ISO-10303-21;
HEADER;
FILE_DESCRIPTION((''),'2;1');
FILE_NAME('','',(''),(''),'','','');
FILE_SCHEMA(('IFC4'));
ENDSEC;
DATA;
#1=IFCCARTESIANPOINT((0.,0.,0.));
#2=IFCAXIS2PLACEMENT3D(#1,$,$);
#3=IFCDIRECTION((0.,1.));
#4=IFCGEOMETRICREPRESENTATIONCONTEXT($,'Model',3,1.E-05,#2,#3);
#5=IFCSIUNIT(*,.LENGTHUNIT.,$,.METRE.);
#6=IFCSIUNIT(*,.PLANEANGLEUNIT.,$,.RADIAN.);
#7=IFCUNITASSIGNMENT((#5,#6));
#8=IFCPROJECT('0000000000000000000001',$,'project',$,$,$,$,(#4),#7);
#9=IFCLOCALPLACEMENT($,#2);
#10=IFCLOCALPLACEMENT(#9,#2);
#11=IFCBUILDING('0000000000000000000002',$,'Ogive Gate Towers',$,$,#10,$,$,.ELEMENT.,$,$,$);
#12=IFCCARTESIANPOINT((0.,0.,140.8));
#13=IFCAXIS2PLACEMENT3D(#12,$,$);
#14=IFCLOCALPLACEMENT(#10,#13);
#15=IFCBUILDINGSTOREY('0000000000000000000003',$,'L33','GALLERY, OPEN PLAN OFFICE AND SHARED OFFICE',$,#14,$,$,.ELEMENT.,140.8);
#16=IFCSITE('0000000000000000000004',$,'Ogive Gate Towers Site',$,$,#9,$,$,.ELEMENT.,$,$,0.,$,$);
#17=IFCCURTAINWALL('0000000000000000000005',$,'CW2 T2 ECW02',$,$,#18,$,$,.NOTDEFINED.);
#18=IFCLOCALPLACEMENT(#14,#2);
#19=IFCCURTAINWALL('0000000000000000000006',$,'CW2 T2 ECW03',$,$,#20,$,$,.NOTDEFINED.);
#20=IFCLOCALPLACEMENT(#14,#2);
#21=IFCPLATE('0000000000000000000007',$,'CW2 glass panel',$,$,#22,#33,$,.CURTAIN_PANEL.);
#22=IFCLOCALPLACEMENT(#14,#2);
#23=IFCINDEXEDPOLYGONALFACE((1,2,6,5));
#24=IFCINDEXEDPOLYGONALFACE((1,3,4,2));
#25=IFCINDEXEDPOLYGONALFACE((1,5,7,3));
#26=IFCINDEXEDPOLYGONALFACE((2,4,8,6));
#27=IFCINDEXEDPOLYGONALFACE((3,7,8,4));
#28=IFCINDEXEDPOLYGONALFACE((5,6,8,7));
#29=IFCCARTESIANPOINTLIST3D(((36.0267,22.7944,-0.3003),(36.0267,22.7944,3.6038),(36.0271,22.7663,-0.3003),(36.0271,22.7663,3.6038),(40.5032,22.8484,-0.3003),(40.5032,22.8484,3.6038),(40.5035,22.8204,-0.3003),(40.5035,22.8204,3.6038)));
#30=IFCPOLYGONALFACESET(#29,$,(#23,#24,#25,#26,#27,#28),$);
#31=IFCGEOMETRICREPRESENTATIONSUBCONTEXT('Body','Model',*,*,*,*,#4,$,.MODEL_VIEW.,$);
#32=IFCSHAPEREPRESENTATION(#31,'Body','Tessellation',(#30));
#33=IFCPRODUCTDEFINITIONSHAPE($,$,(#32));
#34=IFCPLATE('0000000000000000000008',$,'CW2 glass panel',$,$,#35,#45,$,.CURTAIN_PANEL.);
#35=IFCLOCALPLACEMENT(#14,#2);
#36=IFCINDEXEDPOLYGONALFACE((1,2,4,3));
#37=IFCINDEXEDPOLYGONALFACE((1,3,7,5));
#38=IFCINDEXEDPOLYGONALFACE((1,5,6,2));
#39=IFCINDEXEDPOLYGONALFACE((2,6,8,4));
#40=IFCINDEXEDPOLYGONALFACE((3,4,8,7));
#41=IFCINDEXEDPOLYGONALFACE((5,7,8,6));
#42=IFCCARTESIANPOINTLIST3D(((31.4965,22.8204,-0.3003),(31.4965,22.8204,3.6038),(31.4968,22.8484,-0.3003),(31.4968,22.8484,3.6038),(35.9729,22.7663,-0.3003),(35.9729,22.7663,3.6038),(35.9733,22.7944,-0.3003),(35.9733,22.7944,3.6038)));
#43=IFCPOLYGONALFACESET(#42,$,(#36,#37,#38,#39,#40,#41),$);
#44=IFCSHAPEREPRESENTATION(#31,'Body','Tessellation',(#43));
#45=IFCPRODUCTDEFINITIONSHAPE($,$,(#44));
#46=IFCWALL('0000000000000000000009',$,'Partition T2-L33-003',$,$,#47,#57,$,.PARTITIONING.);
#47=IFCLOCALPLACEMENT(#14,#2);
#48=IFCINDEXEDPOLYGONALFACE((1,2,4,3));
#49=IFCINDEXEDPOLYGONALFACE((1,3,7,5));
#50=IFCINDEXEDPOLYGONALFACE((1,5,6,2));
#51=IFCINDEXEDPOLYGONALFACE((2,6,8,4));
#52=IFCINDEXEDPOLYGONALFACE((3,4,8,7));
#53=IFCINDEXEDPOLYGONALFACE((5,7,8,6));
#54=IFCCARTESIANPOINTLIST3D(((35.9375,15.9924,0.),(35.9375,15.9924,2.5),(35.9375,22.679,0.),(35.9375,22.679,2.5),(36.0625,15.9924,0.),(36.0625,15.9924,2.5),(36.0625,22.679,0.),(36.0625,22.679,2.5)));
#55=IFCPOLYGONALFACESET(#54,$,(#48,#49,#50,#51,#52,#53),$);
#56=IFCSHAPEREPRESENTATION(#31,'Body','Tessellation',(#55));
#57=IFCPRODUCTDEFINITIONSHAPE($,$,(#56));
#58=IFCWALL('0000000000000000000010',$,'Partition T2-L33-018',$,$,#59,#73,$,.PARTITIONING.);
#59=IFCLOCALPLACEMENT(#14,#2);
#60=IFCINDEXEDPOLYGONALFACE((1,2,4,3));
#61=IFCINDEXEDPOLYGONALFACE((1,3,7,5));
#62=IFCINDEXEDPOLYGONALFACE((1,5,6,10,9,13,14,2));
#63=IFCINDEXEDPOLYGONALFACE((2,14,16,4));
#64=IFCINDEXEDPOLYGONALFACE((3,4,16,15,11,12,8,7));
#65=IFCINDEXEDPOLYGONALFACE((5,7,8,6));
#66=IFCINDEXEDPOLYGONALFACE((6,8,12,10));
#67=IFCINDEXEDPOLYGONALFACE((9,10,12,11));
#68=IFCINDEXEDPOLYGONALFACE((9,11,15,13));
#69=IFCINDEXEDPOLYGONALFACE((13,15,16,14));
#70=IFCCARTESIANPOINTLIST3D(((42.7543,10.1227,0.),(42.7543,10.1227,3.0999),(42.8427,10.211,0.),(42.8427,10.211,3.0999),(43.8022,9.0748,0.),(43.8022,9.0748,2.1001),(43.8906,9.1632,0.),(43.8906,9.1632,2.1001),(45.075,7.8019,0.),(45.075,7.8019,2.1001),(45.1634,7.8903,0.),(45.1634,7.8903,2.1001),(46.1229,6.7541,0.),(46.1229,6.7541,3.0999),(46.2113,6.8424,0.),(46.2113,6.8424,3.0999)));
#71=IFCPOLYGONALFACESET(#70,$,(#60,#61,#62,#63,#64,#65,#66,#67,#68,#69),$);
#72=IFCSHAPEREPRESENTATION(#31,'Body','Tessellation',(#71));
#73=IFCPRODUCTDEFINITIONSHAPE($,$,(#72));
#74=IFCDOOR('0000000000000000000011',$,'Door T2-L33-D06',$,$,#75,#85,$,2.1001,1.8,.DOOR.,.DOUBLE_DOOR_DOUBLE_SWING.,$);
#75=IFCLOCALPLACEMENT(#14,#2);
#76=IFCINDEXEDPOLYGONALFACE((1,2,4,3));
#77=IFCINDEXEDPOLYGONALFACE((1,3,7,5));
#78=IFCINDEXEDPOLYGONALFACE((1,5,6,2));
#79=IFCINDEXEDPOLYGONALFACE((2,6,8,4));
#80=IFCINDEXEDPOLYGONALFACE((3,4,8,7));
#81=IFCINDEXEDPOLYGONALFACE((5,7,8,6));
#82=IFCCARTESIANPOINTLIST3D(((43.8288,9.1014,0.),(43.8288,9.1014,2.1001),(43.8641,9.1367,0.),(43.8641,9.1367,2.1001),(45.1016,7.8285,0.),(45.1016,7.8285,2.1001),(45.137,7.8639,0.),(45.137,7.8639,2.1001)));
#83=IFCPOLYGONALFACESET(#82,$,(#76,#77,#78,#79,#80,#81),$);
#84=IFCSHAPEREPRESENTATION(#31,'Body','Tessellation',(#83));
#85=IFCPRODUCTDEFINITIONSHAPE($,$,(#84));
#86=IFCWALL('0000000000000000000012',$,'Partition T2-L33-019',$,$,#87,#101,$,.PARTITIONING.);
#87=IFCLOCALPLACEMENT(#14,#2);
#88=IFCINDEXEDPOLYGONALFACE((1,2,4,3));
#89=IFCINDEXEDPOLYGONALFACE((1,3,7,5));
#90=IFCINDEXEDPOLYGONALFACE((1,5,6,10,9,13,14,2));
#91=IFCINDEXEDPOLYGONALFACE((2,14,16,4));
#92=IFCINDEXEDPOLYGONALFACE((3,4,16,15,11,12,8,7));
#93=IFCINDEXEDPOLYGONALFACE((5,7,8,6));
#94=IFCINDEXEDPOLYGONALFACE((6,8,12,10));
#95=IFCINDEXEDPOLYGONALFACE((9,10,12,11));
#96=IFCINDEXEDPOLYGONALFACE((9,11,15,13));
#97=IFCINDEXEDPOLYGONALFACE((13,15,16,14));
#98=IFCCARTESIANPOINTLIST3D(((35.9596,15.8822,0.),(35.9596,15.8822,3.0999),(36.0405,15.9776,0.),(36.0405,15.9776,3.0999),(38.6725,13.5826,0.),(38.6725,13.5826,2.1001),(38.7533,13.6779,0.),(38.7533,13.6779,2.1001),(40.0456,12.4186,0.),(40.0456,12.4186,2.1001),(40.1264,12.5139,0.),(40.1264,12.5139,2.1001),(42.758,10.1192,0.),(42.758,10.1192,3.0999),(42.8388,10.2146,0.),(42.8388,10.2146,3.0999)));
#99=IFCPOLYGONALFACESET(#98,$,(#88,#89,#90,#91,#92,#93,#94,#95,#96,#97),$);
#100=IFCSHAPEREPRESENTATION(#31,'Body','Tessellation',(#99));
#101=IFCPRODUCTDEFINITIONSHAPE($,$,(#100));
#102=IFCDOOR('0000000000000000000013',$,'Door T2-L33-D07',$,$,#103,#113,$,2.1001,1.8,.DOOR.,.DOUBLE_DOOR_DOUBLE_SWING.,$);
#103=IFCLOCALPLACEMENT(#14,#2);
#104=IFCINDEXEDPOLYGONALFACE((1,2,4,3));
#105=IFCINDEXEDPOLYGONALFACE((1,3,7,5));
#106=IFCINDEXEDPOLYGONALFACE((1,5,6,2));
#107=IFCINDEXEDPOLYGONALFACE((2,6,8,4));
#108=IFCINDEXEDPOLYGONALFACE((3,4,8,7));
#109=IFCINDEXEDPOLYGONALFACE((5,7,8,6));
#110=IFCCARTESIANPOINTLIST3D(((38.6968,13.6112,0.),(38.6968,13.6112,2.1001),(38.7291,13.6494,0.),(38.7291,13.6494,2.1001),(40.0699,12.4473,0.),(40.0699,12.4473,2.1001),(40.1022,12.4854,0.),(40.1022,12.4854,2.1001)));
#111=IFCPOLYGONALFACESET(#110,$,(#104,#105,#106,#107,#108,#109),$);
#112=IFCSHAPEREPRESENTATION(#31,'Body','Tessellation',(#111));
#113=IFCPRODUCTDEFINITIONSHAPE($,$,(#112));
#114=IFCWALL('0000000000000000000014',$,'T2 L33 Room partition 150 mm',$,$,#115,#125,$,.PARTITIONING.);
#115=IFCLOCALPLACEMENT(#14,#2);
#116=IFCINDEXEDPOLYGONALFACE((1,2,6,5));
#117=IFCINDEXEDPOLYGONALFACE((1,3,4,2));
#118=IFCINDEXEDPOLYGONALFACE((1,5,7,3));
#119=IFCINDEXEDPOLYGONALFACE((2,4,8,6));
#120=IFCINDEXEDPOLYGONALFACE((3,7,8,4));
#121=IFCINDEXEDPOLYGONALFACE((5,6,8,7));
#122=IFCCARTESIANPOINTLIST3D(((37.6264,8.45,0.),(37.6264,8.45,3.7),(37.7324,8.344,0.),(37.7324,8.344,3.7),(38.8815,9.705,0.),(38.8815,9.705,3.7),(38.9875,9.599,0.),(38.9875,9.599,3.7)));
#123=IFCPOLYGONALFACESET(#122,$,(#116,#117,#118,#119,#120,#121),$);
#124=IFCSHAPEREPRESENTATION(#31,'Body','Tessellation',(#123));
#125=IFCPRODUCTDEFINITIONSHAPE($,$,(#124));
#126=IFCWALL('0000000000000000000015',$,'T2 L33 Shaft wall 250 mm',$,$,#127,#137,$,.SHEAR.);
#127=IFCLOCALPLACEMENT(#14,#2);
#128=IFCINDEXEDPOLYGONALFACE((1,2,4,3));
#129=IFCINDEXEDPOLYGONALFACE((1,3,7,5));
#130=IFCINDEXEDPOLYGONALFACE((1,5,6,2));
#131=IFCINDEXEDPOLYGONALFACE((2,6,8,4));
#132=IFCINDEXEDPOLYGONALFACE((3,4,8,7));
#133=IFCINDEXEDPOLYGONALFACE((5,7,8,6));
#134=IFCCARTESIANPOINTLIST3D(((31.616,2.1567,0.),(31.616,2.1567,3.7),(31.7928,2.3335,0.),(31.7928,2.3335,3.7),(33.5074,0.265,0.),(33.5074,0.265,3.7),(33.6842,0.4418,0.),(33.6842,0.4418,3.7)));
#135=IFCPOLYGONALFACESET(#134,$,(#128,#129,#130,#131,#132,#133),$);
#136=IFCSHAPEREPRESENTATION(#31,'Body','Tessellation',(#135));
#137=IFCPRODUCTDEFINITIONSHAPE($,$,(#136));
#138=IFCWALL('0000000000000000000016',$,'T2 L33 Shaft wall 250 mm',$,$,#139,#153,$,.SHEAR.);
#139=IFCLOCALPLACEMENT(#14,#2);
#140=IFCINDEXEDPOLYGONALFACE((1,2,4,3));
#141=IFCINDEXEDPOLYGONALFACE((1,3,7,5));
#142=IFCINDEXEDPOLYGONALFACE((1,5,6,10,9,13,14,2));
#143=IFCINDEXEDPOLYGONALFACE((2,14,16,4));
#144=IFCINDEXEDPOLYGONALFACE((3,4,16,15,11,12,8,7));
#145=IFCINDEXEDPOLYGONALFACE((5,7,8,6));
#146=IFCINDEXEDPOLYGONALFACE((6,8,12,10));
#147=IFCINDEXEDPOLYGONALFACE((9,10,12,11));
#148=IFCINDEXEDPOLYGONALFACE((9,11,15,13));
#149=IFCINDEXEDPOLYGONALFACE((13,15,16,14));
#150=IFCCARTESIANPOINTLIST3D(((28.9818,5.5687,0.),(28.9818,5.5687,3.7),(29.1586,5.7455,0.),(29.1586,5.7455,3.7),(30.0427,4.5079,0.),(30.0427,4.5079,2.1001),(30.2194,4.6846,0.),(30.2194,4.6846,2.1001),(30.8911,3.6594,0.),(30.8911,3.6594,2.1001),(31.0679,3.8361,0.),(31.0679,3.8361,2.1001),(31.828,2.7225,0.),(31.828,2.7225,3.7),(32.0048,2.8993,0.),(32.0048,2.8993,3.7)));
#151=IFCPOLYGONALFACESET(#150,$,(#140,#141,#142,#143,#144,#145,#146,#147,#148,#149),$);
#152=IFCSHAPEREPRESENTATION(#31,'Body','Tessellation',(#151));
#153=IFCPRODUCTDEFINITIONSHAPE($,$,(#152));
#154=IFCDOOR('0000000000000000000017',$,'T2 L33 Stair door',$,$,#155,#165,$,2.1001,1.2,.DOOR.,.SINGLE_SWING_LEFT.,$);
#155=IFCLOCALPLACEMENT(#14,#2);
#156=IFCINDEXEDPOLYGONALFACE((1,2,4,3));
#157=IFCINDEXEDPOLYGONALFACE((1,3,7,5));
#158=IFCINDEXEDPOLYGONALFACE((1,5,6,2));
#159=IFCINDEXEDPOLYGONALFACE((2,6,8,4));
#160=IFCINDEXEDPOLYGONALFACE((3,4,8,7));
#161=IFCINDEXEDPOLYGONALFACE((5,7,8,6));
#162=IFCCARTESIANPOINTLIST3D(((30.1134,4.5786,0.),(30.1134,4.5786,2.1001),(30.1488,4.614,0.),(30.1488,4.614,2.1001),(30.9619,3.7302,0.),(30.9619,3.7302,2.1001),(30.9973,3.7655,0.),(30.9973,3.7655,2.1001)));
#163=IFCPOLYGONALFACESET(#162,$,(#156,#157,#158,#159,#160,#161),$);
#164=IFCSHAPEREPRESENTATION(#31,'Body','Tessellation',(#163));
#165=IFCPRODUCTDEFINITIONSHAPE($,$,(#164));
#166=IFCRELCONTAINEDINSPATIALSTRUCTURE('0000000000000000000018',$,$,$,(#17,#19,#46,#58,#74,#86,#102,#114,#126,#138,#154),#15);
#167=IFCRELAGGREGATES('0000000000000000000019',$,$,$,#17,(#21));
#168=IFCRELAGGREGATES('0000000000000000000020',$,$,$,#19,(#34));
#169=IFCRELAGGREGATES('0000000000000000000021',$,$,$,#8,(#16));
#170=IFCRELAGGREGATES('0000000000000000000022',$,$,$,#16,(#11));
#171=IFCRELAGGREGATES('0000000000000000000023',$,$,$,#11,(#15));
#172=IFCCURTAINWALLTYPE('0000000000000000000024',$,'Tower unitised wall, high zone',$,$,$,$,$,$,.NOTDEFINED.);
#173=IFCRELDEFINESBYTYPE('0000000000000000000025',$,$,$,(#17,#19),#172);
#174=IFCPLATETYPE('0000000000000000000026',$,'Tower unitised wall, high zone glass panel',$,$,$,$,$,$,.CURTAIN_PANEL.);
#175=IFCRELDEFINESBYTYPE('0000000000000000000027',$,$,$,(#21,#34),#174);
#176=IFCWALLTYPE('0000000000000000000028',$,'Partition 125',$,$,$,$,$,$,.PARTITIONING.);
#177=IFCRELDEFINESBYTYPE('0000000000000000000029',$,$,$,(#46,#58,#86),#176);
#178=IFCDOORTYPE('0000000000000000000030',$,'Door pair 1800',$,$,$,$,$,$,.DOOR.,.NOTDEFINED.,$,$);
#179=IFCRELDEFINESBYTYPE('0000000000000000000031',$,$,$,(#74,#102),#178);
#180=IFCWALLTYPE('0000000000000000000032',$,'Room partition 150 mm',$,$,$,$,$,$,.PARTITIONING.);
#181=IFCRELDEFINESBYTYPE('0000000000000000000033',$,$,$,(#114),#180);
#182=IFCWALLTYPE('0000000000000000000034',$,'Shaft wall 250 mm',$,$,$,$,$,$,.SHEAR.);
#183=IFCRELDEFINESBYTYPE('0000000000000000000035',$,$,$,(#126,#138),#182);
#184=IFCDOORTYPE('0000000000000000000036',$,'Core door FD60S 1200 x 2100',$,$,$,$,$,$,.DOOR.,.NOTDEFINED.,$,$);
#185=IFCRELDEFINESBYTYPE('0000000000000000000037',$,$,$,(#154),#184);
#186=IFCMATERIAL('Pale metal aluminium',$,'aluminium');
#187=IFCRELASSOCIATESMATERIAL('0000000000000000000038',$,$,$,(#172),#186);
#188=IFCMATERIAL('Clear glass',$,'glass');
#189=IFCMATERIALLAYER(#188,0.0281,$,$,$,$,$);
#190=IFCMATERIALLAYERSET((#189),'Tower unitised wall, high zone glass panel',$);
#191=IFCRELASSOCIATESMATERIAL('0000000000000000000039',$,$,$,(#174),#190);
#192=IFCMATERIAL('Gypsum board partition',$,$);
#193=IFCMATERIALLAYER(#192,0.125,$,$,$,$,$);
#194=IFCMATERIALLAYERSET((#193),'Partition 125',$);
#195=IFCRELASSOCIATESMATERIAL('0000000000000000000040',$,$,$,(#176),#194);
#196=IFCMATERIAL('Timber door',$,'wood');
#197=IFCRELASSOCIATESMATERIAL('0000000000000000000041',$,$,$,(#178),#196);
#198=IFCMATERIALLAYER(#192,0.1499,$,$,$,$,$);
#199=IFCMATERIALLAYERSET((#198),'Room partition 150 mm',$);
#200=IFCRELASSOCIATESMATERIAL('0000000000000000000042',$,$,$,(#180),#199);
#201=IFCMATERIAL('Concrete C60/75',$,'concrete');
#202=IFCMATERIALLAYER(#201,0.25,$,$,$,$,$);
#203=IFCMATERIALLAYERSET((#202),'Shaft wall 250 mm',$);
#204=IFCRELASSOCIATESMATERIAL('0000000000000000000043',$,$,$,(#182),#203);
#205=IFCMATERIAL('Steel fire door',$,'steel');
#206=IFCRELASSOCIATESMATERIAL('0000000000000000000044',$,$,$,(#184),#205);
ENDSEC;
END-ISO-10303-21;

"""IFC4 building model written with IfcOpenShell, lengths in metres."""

from ifc_helpers import new_model, si_unit, direction, frame, frame_2d, origin, origin_2d, place, context, subcontext, project, spatial, rectangle, extrude, material, layer, layer_set, type_object, element, fill, aggregate, save


model = new_model("IFC4")

# Units and contexts
model_context = context("Model", 3, precision=1e-05, world=origin(), true_north=direction((0.0, 1.0)))
body_context = subcontext(model_context, "Body", "Model", "MODEL_VIEW")
ifc_project = project(units=[si_unit("LENGTHUNIT", "METRE"), si_unit("PLANEANGLEUNIT", "RADIAN")], contexts=[model_context])

# Site, building, storey
site_placement = place(None, origin())
site = spatial("IfcSite", under=ifc_project, at=site_placement, Name="Ogive Gate Towers Site", CompositionType="ELEMENT", RefElevation=0.0)
building_placement = place(site_placement, origin())
building = spatial("IfcBuilding", under=site, at=building_placement, Name="Ogive Gate Towers", CompositionType="ELEMENT")
storey_placement = place(building_placement, frame((0.0, 0.0, 140.8)))
storey = spatial("IfcBuildingStorey", under=building, at=storey_placement, Name="L33", Description="GALLERY, OPEN PLAN OFFICE AND SHARED OFFICE", CompositionType="ELEMENT", Elevation=140.8)

# Curtain wall
ifc_material_1 = material(Name="Pale metal aluminium", Category="aluminium")
curtain_wall_type = type_object("IfcCurtainWallType", Name="Tower unitised wall, high zone", PredefinedType="NOTDEFINED", material=ifc_material_1)
curtain_wall_1_placement = place(storey_placement, origin())
curtain_wall_1 = element("IfcCurtainWall", 1, at=curtain_wall_1_placement, inside=storey, type_object=curtain_wall_type, Name="CW2 T2 ECW02", PredefinedType="NOTDEFINED")

# Curtain wall
curtain_wall_2_placement = place(storey_placement, origin())
curtain_wall_2 = element("IfcCurtainWall", 2, at=curtain_wall_2_placement, inside=storey, type_object=curtain_wall_type, Name="CW2 T2 ECW03", PredefinedType="NOTDEFINED")

# Plates
ifc_material_2 = material(Name="Clear glass", Category="glass")
ifc_layer_1 = layer(ifc_material_2, 0.0281)
ifc_layer_set_1 = layer_set([ifc_layer_1], Name="Tower unitised wall, high zone glass panel")
plate_type = type_object("IfcPlateType", Name="Tower unitised wall, high zone glass panel", PredefinedType="CURTAIN_PANEL", material=ifc_layer_set_1)
plate_1_placement = place(storey_placement, frame((38.2651, 22.8074, -0.3003), z_axis=(0.0, 0.0, 1.0), x_axis=(-0.999927, -0.012077, 0.0)))
plate_1 = element("IfcPlate", 3, at=plate_1_placement, type_object=plate_type, Name="CW2 glass panel", PredefinedType="CURTAIN_PANEL", context=body_context, shape_type="SweptSolid", body=[
    extrude(rectangle(XDim=4.4768, YDim=0.0281, at=origin_2d()), origin(), (0.0, 0.0, 1.0), 3.9041),
])
aggregate(curtain_wall_1, [plate_1])
plate_2_placement = place(storey_placement, frame((33.7349, 22.8074, -0.3003), z_axis=(0.0, 0.0, 1.0), x_axis=(-0.999927, 0.012077, 0.0)))
plate_2 = element("IfcPlate", 4, at=plate_2_placement, type_object=plate_type, Name="CW2 glass panel", PredefinedType="CURTAIN_PANEL", context=body_context, shape_type="SweptSolid", body=[
    extrude(rectangle(XDim=4.4768, YDim=0.0281, at=origin_2d()), origin(), (0.0, 0.0, 1.0), 3.9041),
])
aggregate(curtain_wall_2, [plate_2])

# Wall
ifc_material_3 = material(Name="Gypsum board partition")
ifc_layer_2 = layer(ifc_material_3, 0.125)
ifc_layer_set_2 = layer_set([ifc_layer_2], Name="Partition 125")
wall_type_1 = type_object("IfcWallType", Name="Partition 125", PredefinedType="PARTITIONING", material=ifc_layer_set_2)
wall_1_placement = place(storey_placement, frame((36.0, 22.679, 0.0), z_axis=(0.0, 0.0, 1.0), x_axis=(0.0, -1.0, 0.0)))
element("IfcWall", 5, at=wall_1_placement, inside=storey, type_object=wall_type_1, Name="Partition T2-L33-003", PredefinedType="PARTITIONING", context=body_context, shape_type="SweptSolid", body=[
    extrude(rectangle(XDim=6.6865, YDim=0.125, at=frame_2d((3.3433, 0.0))), origin(), (0.0, 0.0, 1.0), 2.5),
])

# Walls, openings, doors
wall_2_placement = place(storey_placement, frame((46.167, 6.7983, 0.0), z_axis=(0.0, 0.0, 1.0), x_axis=(-0.707107, 0.707107, 0.0)))
wall_2 = element("IfcWall", 6, at=wall_2_placement, inside=storey, type_object=wall_type_1, Name="Partition T2-L33-018", PredefinedType="PARTITIONING", context=body_context, shape_type="SweptSolid", body=[
    extrude(rectangle(XDim=4.7639, YDim=0.125, at=frame_2d((2.3818, 0.0))), origin(), (0.0, 0.0, 1.0), 3.0999),
])
opening_1_placement = place(wall_2_placement, frame((1.4819, 0.0, 0.0)))
opening_1 = element("IfcOpeningElement", 7, at=opening_1_placement, cuts=wall_2, PredefinedType="OPENING", context=body_context, shape_type="SweptSolid", body=[
    extrude(rectangle(XDim=1.8, YDim=2.1001, at=frame_2d((0.8999, 1.05))), frame((0.0, 0.0725, 0.0), z_axis=(0.0, -1.0, 0.0), x_axis=(1.0, 0.0, 0.0)), (0.0, 0.0, 1.0), 0.145),
])
ifc_material_4 = material(Name="Timber door", Category="wood")
door_type_1 = type_object("IfcDoorType", Name="Door pair 1800", OperationType="NOTDEFINED", PredefinedType="DOOR", material=ifc_material_4)
door_1_placement = place(opening_1_placement, origin())
door_1 = element("IfcDoor", 8, at=door_1_placement, inside=storey, type_object=door_type_1, Name="Door T2-L33-D06", OperationType="DOUBLE_DOOR_DOUBLE_SWING", OverallHeight=2.1001, OverallWidth=1.8, PredefinedType="DOOR", context=body_context, shape_type="SweptSolid", body=[
    extrude(rectangle(XDim=1.8, YDim=2.1001, at=frame_2d((0.8999, 1.05))), frame((0.0, 0.0249, 0.0), z_axis=(0.0, -1.0, 0.0), x_axis=(1.0, 0.0, 0.0)), (0.0, 0.0, 1.0), 0.05),
])
fill(opening_1, door_1)
wall_3_placement = place(storey_placement, frame((42.7983, 10.167, 0.0), z_axis=(0.0, 0.0, 1.0), x_axis=(-0.762805, 0.646628, 0.0)))
wall_3 = element("IfcWall", 9, at=wall_3_placement, inside=storey, type_object=wall_type_1, Name="Partition T2-L33-019", PredefinedType="PARTITIONING", context=body_context, shape_type="SweptSolid", body=[
    extrude(rectangle(XDim=8.9124, YDim=0.125, at=frame_2d((4.4561, 0.0))), origin(), (0.0, 0.0, 1.0), 3.0999),
])
opening_2_placement = place(wall_3_placement, frame((3.5559, 0.0, 0.0)))
opening_2 = element("IfcOpeningElement", 10, at=opening_2_placement, cuts=wall_3, PredefinedType="OPENING", context=body_context, shape_type="SweptSolid", body=[
    extrude(rectangle(XDim=1.8, YDim=2.1001, at=frame_2d((0.8999, 1.05))), frame((0.0, 0.0725, 0.0), z_axis=(0.0, -1.0, 0.0), x_axis=(1.0, 0.0, 0.0)), (0.0, 0.0, 1.0), 0.145),
])
door_2_placement = place(opening_2_placement, origin())
door_2 = element("IfcDoor", 11, at=door_2_placement, inside=storey, type_object=door_type_1, Name="Door T2-L33-D07", OperationType="DOUBLE_DOOR_DOUBLE_SWING", OverallHeight=2.1001, OverallWidth=1.8, PredefinedType="DOOR", context=body_context, shape_type="SweptSolid", body=[
    extrude(rectangle(XDim=1.8, YDim=2.1001, at=frame_2d((0.8999, 1.05))), frame((0.0, 0.0249, 0.0), z_axis=(0.0, -1.0, 0.0), x_axis=(1.0, 0.0, 0.0)), (0.0, 0.0, 1.0), 0.05),
])
fill(opening_2, door_2)

# Walls
ifc_layer_3 = layer(ifc_material_3, 0.1499)
ifc_layer_set_3 = layer_set([ifc_layer_3], Name="Room partition 150 mm")
wall_type_2 = type_object("IfcWallType", Name="Room partition 150 mm", PredefinedType="PARTITIONING", material=ifc_layer_set_3)
wall_4_placement = place(storey_placement, frame((37.6794, 8.397, 0.0), z_axis=(0.0, 0.0, 1.0), x_axis=(0.707107, 0.707107, 0.0)))
element("IfcWall", 12, at=wall_4_placement, inside=storey, type_object=wall_type_2, Name="T2 L33 Room partition 150 mm", PredefinedType="PARTITIONING", context=body_context, shape_type="SweptSolid", body=[
    extrude(rectangle(XDim=1.7749, YDim=0.1499, at=frame_2d((0.8875, 0.0))), origin(), (0.0, 0.0, 1.0), 3.7),
])
ifc_material_5 = material(Name="Concrete C60/75", Category="concrete")
ifc_layer_4 = layer(ifc_material_5, 0.25)
ifc_layer_set_4 = layer_set([ifc_layer_4], Name="Shaft wall 250 mm")
wall_type_3 = type_object("IfcWallType", Name="Shaft wall 250 mm", PredefinedType="SHEAR", material=ifc_layer_set_4)
wall_5_placement = place(storey_placement, frame((33.5957, 0.3535, 0.0), z_axis=(0.0, 0.0, 1.0), x_axis=(-0.707061, 0.707152, 0.0)))
element("IfcWall", 13, at=wall_5_placement, inside=storey, type_object=wall_type_3, Name="T2 L33 Shaft wall 250 mm", PredefinedType="SHEAR", context=body_context, shape_type="SweptSolid", body=[
    extrude(rectangle(XDim=2.675, YDim=0.25, at=frame_2d((1.3374, 0.0))), origin(), (0.0, 0.0, 1.0), 3.7),
])

# Wall, opening, door
wall_6_placement = place(storey_placement, frame((31.9165, 2.8108, 0.0), z_axis=(0.0, 0.0, 1.0), x_axis=(-0.707107, 0.707107, 0.0)))
wall_6 = element("IfcWall", 14, at=wall_6_placement, inside=storey, type_object=wall_type_3, Name="T2 L33 Shaft wall 250 mm", PredefinedType="SHEAR", context=body_context, shape_type="SweptSolid", body=[
    extrude(rectangle(XDim=4.0251, YDim=0.25, at=frame_2d((2.0127, 0.0))), origin(), (0.0, 0.0, 1.0), 3.7),
])
opening_3_placement = place(wall_6_placement, frame((1.325, 0.0, 0.0)))
opening_3 = element("IfcOpeningElement", 15, at=opening_3_placement, cuts=wall_6, PredefinedType="OPENING", context=body_context, shape_type="SweptSolid", body=[
    extrude(rectangle(XDim=1.2, YDim=2.1001, at=frame_2d((0.6001, 1.05))), frame((0.0, 0.135, 0.0), z_axis=(0.0, -1.0, 0.0), x_axis=(1.0, 0.0, 0.0)), (0.0, 0.0, 1.0), 0.27),
])
ifc_material_6 = material(Name="Steel fire door", Category="steel")
door_type_2 = type_object("IfcDoorType", Name="Core door FD60S 1200 x 2100", OperationType="NOTDEFINED", PredefinedType="DOOR", material=ifc_material_6)
door_3_placement = place(opening_3_placement, origin())
door_3 = element("IfcDoor", 16, at=door_3_placement, inside=storey, type_object=door_type_2, Name="T2 L33 Stair door", OperationType="SINGLE_SWING_LEFT", OverallHeight=2.1001, OverallWidth=1.2, PredefinedType="DOOR", context=body_context, shape_type="SweptSolid", body=[
    extrude(rectangle(XDim=1.2, YDim=2.1001, at=frame_2d((0.6001, 1.05))), frame((0.0, 0.0249, 0.0), z_axis=(0.0, -1.0, 0.0), x_axis=(1.0, 0.0, 0.0)), (0.0, 0.0, 1.0), 0.05),
])
fill(opening_3, door_3)

save(model, "model.ifc")
